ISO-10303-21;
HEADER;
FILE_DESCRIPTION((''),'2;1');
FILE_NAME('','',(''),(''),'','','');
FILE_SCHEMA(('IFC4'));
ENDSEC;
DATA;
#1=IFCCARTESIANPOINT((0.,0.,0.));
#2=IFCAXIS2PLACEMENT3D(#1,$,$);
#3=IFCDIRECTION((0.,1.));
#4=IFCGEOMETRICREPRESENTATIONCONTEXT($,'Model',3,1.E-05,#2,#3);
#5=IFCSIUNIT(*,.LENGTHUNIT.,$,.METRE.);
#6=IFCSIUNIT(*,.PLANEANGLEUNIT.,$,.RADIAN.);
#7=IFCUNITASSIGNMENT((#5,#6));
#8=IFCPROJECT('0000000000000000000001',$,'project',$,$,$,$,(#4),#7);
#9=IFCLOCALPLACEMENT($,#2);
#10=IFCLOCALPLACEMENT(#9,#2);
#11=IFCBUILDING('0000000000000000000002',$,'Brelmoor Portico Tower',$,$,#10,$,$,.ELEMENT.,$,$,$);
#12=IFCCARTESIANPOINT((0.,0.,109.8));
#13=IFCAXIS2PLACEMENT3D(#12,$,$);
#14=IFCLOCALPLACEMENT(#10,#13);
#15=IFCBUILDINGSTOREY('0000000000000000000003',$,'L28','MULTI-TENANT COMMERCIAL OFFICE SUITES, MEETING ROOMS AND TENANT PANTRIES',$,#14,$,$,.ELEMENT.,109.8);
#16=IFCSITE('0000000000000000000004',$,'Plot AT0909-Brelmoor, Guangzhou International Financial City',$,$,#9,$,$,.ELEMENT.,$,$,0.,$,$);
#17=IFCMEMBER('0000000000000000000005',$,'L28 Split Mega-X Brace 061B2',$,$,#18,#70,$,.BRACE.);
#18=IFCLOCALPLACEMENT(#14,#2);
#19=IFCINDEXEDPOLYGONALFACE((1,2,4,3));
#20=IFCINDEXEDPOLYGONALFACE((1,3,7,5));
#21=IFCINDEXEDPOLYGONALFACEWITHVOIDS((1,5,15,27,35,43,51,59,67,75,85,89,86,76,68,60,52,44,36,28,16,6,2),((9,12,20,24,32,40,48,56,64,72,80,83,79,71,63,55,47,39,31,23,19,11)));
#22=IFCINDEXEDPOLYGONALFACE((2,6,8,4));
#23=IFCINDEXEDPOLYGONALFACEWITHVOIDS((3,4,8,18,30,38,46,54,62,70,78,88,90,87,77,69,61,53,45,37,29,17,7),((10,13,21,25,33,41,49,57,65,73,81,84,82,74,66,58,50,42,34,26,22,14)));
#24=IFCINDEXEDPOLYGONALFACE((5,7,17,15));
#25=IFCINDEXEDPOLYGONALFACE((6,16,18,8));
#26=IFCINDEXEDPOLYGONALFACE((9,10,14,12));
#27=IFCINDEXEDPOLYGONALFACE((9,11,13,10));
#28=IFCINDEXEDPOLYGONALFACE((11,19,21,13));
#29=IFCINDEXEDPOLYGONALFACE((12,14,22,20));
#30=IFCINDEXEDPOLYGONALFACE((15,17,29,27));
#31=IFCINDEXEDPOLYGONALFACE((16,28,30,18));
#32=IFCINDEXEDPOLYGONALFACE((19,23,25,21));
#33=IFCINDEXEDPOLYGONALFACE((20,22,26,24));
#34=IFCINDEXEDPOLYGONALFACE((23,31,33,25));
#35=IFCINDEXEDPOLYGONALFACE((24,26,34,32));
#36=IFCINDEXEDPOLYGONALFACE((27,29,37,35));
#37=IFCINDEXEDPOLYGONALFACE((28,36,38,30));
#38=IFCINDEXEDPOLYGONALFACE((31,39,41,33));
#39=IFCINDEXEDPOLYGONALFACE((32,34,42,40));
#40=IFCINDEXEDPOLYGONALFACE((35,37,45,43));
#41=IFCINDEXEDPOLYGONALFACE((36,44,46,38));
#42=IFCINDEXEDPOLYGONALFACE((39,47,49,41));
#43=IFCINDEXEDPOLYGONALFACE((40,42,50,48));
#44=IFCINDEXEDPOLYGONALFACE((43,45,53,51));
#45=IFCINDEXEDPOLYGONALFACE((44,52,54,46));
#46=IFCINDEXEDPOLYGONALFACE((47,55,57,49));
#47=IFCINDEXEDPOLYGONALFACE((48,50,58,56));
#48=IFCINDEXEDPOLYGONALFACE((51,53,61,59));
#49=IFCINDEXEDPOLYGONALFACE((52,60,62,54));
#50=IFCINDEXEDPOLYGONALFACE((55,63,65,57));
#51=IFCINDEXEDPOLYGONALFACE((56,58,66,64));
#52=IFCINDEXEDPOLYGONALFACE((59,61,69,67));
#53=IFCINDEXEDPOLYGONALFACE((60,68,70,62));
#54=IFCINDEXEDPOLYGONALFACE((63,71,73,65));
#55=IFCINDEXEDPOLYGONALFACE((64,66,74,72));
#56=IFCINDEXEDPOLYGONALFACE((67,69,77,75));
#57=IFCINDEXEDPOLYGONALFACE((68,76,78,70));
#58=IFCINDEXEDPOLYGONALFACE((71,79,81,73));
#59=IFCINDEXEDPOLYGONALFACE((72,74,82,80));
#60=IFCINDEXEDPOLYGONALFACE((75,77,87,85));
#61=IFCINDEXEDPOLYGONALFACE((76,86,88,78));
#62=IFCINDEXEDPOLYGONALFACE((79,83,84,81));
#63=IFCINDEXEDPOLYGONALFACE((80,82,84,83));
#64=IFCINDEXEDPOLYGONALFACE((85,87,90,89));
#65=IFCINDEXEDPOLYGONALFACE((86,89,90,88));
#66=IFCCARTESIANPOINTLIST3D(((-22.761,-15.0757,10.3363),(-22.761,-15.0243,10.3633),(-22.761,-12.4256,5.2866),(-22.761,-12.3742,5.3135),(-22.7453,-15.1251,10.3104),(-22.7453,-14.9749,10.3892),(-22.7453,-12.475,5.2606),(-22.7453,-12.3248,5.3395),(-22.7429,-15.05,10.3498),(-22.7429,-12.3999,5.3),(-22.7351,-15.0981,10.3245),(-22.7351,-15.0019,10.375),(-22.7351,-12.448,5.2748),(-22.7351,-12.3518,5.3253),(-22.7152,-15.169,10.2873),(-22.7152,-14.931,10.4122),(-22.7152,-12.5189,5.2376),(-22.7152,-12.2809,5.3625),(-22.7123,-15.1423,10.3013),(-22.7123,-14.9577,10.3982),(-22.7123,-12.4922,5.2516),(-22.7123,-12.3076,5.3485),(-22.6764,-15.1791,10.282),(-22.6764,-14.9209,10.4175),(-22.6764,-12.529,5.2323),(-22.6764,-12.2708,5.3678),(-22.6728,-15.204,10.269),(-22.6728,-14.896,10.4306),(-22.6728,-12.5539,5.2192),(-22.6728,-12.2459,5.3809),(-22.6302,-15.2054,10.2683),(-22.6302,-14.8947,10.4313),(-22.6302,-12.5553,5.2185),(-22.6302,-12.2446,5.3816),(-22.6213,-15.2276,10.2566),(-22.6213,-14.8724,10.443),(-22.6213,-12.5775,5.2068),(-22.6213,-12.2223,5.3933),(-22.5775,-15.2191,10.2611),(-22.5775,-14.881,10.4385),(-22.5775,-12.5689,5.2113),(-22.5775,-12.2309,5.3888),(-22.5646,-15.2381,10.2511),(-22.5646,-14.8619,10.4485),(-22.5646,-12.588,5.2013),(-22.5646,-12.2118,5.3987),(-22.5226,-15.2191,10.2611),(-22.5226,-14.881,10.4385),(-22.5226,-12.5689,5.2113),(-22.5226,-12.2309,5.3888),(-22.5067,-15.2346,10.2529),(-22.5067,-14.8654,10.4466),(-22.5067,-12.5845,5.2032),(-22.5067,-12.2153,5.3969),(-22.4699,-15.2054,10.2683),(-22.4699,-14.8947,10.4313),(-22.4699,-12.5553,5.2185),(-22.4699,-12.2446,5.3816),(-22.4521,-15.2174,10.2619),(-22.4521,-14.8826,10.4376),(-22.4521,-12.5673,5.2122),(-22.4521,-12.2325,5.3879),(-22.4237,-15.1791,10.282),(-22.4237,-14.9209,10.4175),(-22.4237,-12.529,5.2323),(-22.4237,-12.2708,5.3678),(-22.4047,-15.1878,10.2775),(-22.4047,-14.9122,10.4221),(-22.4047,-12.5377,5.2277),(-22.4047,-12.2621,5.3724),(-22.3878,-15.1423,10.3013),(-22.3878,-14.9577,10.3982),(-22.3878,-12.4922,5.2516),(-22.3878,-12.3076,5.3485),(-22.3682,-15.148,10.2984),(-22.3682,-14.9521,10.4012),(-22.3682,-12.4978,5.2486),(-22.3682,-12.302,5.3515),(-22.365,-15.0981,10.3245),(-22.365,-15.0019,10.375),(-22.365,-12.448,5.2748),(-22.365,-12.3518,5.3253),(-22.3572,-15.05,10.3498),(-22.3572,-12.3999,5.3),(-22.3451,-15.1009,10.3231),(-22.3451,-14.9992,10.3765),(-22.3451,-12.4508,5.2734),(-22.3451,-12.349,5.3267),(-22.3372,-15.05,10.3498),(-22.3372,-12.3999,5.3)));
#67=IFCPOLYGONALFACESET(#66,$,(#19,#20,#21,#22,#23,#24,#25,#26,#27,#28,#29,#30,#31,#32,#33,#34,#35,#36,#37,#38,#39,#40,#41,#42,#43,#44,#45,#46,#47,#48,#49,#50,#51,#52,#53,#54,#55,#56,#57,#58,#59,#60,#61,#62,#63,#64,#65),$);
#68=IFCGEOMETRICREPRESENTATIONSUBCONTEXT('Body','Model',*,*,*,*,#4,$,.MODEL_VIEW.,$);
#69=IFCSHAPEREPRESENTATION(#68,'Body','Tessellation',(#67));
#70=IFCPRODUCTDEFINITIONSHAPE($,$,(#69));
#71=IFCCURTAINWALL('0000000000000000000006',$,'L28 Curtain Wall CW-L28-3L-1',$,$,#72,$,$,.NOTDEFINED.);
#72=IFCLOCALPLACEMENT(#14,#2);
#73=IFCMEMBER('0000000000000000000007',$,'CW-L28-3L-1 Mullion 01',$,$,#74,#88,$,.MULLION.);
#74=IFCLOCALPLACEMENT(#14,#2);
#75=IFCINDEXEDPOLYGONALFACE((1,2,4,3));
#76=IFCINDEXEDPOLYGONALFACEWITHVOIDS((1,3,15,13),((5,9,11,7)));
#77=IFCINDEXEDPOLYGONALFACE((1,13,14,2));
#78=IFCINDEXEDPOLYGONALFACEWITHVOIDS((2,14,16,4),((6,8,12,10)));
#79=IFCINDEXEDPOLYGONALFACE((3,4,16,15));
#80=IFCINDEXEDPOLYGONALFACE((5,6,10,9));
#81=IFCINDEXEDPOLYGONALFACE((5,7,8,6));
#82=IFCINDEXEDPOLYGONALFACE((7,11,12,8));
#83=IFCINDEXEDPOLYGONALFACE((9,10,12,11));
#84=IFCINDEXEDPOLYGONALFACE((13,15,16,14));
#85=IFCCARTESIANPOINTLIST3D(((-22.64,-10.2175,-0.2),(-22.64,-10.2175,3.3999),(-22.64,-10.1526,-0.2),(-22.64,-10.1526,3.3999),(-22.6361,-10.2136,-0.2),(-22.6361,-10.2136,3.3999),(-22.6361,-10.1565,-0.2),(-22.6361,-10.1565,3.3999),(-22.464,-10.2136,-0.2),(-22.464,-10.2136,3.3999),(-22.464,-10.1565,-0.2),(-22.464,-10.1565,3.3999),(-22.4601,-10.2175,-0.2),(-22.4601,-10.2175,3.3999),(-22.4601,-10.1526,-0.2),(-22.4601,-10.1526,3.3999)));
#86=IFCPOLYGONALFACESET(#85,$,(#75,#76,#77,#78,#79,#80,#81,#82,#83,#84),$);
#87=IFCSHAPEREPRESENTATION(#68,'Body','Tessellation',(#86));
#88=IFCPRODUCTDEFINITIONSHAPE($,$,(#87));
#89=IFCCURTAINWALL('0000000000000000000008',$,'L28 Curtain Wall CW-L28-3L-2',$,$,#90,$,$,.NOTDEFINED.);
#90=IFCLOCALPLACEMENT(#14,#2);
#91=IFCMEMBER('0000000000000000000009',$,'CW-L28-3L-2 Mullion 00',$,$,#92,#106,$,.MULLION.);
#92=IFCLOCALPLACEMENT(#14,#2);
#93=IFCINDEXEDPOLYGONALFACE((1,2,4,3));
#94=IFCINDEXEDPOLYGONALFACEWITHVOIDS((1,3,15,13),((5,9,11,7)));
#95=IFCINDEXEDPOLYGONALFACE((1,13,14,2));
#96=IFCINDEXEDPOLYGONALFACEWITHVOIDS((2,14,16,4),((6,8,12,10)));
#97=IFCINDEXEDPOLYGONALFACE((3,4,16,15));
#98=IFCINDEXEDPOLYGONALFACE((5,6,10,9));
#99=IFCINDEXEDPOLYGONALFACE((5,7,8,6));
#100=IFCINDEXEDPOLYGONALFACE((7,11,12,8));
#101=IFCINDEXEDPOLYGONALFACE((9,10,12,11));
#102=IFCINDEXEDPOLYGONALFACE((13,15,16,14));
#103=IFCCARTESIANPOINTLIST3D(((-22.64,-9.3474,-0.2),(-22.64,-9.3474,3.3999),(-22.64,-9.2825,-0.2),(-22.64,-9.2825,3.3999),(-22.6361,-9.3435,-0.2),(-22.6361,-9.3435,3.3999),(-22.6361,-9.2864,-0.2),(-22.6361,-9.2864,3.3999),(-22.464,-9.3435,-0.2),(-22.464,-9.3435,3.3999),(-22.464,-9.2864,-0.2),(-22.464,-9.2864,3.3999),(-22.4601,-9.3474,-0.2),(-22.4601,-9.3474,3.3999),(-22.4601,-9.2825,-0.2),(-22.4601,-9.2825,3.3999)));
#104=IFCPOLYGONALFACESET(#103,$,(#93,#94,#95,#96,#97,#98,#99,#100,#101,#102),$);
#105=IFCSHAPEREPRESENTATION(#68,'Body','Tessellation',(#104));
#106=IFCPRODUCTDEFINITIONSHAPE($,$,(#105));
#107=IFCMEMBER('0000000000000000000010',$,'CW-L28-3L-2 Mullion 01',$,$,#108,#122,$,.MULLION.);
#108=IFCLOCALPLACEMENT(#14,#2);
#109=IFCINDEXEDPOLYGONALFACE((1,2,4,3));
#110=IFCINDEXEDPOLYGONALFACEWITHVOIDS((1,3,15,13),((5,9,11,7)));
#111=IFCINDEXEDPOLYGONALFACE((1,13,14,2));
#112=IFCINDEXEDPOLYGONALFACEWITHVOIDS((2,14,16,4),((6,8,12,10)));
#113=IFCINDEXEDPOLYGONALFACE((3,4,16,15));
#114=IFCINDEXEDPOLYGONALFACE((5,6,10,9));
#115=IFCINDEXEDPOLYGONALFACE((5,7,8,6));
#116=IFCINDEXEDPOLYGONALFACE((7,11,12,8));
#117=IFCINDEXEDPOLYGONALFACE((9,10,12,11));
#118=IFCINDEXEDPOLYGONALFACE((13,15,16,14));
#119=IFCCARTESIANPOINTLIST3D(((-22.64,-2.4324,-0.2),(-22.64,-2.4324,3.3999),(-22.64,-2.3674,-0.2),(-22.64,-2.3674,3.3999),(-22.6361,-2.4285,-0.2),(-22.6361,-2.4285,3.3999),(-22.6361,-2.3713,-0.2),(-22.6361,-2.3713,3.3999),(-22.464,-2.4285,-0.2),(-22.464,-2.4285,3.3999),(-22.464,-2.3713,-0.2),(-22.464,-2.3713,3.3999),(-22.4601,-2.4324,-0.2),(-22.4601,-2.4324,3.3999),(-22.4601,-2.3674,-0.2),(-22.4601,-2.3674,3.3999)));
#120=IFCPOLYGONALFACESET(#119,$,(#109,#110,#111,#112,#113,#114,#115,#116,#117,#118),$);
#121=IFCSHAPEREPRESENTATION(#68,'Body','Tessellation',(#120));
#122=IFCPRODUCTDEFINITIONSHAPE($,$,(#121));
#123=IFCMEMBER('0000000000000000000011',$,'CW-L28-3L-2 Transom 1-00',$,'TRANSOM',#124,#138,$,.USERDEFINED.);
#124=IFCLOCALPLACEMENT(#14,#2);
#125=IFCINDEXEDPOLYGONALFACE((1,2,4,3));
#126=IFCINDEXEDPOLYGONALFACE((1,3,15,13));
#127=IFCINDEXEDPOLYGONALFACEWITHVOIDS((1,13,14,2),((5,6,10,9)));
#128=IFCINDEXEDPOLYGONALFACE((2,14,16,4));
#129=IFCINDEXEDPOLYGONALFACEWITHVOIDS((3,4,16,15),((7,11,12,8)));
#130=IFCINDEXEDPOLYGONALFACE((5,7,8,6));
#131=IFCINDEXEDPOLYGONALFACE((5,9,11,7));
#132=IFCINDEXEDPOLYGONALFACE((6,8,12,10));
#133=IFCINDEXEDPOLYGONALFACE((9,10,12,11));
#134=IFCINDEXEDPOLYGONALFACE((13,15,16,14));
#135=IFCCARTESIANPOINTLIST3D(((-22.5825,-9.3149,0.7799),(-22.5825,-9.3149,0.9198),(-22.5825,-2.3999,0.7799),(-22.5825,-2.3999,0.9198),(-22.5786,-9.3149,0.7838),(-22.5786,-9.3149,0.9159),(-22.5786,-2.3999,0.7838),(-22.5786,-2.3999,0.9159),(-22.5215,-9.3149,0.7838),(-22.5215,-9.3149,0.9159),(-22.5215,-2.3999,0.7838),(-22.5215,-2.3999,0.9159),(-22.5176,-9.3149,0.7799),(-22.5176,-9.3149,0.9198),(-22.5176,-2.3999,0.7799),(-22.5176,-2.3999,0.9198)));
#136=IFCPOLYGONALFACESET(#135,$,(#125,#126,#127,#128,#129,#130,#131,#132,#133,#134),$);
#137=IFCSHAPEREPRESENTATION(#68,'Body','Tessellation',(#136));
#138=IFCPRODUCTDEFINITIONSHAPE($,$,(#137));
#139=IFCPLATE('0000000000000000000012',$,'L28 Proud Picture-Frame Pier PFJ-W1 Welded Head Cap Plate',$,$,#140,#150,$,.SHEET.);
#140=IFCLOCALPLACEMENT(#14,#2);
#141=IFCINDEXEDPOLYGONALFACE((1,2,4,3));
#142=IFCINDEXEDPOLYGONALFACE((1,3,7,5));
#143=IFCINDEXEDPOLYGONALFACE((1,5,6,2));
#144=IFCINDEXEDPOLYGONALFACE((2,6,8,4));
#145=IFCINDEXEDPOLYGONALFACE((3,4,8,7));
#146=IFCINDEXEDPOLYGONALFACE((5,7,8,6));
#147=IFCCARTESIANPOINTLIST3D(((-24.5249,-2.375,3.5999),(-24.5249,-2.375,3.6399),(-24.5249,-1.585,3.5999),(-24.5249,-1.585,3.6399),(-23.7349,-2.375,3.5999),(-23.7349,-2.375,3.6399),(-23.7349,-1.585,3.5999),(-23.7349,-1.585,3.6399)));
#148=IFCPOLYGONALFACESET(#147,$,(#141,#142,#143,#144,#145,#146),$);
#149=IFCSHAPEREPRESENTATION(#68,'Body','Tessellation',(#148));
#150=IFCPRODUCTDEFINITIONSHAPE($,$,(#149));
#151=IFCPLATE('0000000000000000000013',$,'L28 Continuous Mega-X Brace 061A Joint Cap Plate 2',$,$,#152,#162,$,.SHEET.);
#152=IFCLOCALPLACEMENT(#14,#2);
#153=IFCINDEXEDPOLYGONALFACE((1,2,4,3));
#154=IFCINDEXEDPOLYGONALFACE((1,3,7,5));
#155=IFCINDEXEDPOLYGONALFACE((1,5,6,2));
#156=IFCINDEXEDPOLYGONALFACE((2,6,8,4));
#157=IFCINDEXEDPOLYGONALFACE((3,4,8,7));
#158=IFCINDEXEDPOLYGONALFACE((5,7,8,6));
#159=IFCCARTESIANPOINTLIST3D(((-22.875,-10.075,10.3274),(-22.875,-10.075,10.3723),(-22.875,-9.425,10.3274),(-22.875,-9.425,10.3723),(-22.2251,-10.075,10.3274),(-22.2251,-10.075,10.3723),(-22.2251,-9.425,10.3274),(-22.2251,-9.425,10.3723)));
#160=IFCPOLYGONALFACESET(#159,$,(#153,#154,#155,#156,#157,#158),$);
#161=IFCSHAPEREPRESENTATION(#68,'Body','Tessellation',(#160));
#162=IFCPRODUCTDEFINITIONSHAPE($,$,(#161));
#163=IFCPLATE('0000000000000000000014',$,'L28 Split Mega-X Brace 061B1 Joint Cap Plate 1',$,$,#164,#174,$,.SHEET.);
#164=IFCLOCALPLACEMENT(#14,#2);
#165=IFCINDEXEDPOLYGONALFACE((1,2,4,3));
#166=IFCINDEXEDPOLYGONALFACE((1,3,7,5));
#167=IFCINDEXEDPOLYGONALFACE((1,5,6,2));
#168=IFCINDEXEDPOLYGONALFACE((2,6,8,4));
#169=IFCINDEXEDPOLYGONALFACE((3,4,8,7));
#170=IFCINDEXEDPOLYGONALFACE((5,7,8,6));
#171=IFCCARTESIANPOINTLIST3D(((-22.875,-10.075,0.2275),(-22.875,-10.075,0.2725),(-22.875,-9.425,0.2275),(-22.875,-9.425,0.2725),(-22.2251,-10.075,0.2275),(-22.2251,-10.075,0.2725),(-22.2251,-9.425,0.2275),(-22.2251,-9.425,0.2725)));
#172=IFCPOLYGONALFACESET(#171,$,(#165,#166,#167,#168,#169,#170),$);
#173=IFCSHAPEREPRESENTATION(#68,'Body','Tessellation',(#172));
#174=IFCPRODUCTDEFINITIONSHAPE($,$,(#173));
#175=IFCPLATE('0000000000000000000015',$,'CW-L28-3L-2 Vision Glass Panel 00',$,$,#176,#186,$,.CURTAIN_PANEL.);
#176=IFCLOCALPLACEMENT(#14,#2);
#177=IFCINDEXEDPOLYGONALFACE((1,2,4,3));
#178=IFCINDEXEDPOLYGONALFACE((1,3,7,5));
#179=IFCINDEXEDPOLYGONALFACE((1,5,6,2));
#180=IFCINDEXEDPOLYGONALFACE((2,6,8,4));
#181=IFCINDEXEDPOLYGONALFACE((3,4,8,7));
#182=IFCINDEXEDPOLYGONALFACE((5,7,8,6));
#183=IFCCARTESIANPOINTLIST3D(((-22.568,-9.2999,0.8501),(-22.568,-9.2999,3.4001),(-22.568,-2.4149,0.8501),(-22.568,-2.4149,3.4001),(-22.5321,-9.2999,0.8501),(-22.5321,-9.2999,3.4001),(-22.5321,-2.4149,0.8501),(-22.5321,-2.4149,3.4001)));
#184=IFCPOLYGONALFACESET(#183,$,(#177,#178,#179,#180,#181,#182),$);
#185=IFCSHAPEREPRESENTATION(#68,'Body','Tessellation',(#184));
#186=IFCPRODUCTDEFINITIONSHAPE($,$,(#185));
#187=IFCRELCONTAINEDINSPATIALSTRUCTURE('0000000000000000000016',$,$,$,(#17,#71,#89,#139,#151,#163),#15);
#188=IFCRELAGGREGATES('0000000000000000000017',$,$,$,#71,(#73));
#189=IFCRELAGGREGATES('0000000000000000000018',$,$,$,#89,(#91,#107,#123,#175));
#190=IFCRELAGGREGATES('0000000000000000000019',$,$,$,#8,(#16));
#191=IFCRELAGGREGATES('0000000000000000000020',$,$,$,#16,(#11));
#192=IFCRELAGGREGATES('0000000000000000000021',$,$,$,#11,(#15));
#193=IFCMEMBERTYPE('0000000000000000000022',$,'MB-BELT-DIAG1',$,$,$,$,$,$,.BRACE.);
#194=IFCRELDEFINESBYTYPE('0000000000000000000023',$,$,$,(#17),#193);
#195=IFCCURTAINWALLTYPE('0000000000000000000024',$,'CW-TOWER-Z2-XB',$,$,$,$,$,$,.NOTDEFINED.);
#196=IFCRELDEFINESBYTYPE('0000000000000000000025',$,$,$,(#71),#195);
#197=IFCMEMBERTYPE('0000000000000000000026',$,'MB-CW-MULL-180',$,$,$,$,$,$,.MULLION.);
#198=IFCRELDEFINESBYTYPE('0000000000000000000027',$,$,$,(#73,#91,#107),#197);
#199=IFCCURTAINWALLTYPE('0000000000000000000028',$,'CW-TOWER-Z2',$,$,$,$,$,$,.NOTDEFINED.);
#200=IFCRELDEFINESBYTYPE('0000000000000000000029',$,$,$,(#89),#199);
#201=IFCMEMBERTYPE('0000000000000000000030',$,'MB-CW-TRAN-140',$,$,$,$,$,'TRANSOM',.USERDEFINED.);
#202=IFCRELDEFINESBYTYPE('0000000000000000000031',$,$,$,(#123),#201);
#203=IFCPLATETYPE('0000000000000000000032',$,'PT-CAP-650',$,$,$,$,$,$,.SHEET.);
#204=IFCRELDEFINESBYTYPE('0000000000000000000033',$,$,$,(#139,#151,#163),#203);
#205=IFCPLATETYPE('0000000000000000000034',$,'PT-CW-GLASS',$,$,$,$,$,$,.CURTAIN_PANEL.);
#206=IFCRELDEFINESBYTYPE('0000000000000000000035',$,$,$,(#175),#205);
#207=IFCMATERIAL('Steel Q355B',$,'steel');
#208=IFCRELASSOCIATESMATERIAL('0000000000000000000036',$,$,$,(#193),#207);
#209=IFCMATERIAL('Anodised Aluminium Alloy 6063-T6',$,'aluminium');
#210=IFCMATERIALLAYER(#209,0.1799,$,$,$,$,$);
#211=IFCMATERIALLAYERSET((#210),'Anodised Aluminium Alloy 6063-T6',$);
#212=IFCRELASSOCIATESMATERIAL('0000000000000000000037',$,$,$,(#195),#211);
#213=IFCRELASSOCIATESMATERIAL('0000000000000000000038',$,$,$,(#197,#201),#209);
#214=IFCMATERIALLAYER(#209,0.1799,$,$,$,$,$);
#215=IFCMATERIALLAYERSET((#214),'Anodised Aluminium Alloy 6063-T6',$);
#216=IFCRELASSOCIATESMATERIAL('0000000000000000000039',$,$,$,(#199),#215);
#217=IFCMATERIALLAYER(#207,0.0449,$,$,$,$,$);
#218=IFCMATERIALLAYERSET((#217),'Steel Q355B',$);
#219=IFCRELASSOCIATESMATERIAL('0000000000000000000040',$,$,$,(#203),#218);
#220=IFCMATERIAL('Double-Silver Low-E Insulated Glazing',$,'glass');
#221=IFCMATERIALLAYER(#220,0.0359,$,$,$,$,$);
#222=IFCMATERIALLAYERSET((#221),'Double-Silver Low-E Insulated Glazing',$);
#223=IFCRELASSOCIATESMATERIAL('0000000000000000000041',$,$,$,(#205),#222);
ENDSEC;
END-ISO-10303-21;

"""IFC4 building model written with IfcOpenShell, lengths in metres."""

from ifc_helpers import new_model, si_unit, direction, frame, origin, origin_2d, place, context, subcontext, project, spatial, rectangle, hollow_rectangle, hollow_circle, extrude, material, layer, layer_set, material_profile, profile_set, type_object, element, aggregate, save


model = new_model("IFC4")

# Units and contexts
model_context = context("Model", 3, precision=1e-05, world=origin(), true_north=direction((0.0, 1.0)))
body_context = subcontext(model_context, "Body", "Model", "MODEL_VIEW")
ifc_project = project(units=[si_unit("LENGTHUNIT", "METRE"), si_unit("PLANEANGLEUNIT", "RADIAN")], contexts=[model_context])

# Site, building, storey
site_placement = place(None, origin())
site = spatial("IfcSite", under=ifc_project, at=site_placement, Name="Plot AT0909-Brelmoor, Guangzhou International Financial City", CompositionType="ELEMENT", RefElevation=0.0)
building_placement = place(site_placement, origin())
building = spatial("IfcBuilding", under=site, at=building_placement, Name="Brelmoor Portico Tower", CompositionType="ELEMENT")
storey_placement = place(building_placement, frame((0.0, 0.0, 109.8)))
storey = spatial("IfcBuildingStorey", under=building, at=storey_placement, Name="L28", Description="MULTI-TENANT COMMERCIAL OFFICE SUITES, MEETING ROOMS AND TENANT PANTRIES", CompositionType="ELEMENT", Elevation=109.8)

# Shared definitions
ifc_material_1 = material(Name="Steel Q355B", Category="steel")

# Member
ifc_material_profile_1 = material_profile(ifc_material_1, hollow_circle(Radius=0.2129, WallThickness=0.02, at=origin_2d()), Name="CHS 426x20")
ifc_profile_set_1 = profile_set([ifc_material_profile_1], Name="Steel Q355B")
member_type_1 = type_object("IfcMemberType", Name="MB-BELT-DIAG1", PredefinedType="BRACE", material=ifc_profile_set_1)
member_1_placement = place(storey_placement, frame((-22.55, -12.3999, 5.3), z_axis=(0.0, -0.464696, 0.88547), x_axis=(1.0, 0.0, 0.0)))
element("IfcMember", 1, at=member_1_placement, inside=storey, type_object=member_type_1, Name="L28 Split Mega-X Brace 061B2", PredefinedType="BRACE", context=body_context, shape_type="SweptSolid", body=[
    extrude(hollow_circle(Radius=0.2129, WallThickness=0.02, at=origin_2d()), origin(), (0.0, 0.0, 1.0), 5.7029),
])

# Curtain wall, member
ifc_material_2 = material(Name="Anodised Aluminium Alloy 6063-T6", Category="aluminium")
ifc_layer_1 = layer(ifc_material_2, 0.1799)
ifc_layer_set_1 = layer_set([ifc_layer_1], Name="Anodised Aluminium Alloy 6063-T6")
curtain_wall_type_1 = type_object("IfcCurtainWallType", Name="CW-TOWER-Z2-XB", PredefinedType="NOTDEFINED", material=ifc_layer_set_1)
curtain_wall_1_placement = place(storey_placement, origin())
curtain_wall_1 = element("IfcCurtainWall", 2, at=curtain_wall_1_placement, inside=storey, type_object=curtain_wall_type_1, Name="L28 Curtain Wall CW-L28-3L-1", PredefinedType="NOTDEFINED")
ifc_material_profile_2 = material_profile(ifc_material_2, hollow_rectangle(XDim=0.0649, YDim=0.1799, WallThickness=0.0039, at=origin_2d()), Name="ALU MULLION 65x180")
ifc_profile_set_2 = profile_set([ifc_material_profile_2], Name="Anodised Aluminium Alloy 6063-T6")
member_type_2 = type_object("IfcMemberType", Name="MB-CW-MULL-180", PredefinedType="MULLION", material=ifc_profile_set_2)
member_2_placement = place(storey_placement, frame((-22.55, -10.1851, -0.2), z_axis=(0.0, 0.0, 1.0), x_axis=(0.0, 1.0, 0.0)))
member_2 = element("IfcMember", 3, at=member_2_placement, type_object=member_type_2, Name="CW-L28-3L-1 Mullion 01", PredefinedType="MULLION", context=body_context, shape_type="SweptSolid", body=[
    extrude(hollow_rectangle(XDim=0.0649, YDim=0.1799, WallThickness=0.0039, at=origin_2d()), origin(), (0.0, 0.0, 1.0), 3.5999),
])

# Curtain wall, members
ifc_layer_2 = layer(ifc_material_2, 0.1799)
ifc_layer_set_2 = layer_set([ifc_layer_2], Name="Anodised Aluminium Alloy 6063-T6")
curtain_wall_type_2 = type_object("IfcCurtainWallType", Name="CW-TOWER-Z2", PredefinedType="NOTDEFINED", material=ifc_layer_set_2)
curtain_wall_2_placement = place(storey_placement, origin())
curtain_wall_2 = element("IfcCurtainWall", 4, at=curtain_wall_2_placement, inside=storey, type_object=curtain_wall_type_2, Name="L28 Curtain Wall CW-L28-3L-2", PredefinedType="NOTDEFINED")
member_3_placement = place(storey_placement, frame((-22.55, -9.3149, -0.2), z_axis=(0.0, 0.0, 1.0), x_axis=(0.0, 1.0, 0.0)))
member_3 = element("IfcMember", 5, at=member_3_placement, type_object=member_type_2, Name="CW-L28-3L-2 Mullion 00", PredefinedType="MULLION", context=body_context, shape_type="SweptSolid", body=[
    extrude(hollow_rectangle(XDim=0.0649, YDim=0.1799, WallThickness=0.0039, at=origin_2d()), origin(), (0.0, 0.0, 1.0), 3.5999),
])
member_4_placement = place(storey_placement, frame((-22.55, -2.3999, -0.2), z_axis=(0.0, 0.0, 1.0), x_axis=(0.0, 1.0, 0.0)))
member_4 = element("IfcMember", 6, at=member_4_placement, type_object=member_type_2, Name="CW-L28-3L-2 Mullion 01", PredefinedType="MULLION", context=body_context, shape_type="SweptSolid", body=[
    extrude(hollow_rectangle(XDim=0.0649, YDim=0.1799, WallThickness=0.0039, at=origin_2d()), origin(), (0.0, 0.0, 1.0), 3.5999),
])
ifc_material_profile_3 = material_profile(ifc_material_2, hollow_rectangle(XDim=0.0649, YDim=0.1399, WallThickness=0.0039, at=origin_2d()), Name="ALU TRANSOM 65x140")
ifc_profile_set_3 = profile_set([ifc_material_profile_3], Name="Anodised Aluminium Alloy 6063-T6")
member_type_3 = type_object("IfcMemberType", Name="MB-CW-TRAN-140", ElementType="TRANSOM", PredefinedType="USERDEFINED", material=ifc_profile_set_3)
member_5_placement = place(storey_placement, frame((-22.55, -9.3149, 0.8499), z_axis=(0.0, 1.0, 0.0), x_axis=(-1.0, 0.0, 0.0)))
member_5 = element("IfcMember", 7, at=member_5_placement, type_object=member_type_3, Name="CW-L28-3L-2 Transom 1-00", ObjectType="TRANSOM", PredefinedType="USERDEFINED", context=body_context, shape_type="SweptSolid", body=[
    extrude(hollow_rectangle(XDim=0.0649, YDim=0.1399, WallThickness=0.0039, at=origin_2d()), origin(), (0.0, 0.0, 1.0), 6.915),
])

# Plates
ifc_layer_3 = layer(ifc_material_1, 0.0449)
ifc_layer_set_3 = layer_set([ifc_layer_3], Name="Steel Q355B")
plate_type_1 = type_object("IfcPlateType", Name="PT-CAP-650", PredefinedType="SHEET", material=ifc_layer_set_3)
plate_1_placement = place(storey_placement, frame((-24.1299, -1.98, 3.5999), z_axis=(0.0, 0.0, 1.0), x_axis=(0.0, 1.0, 0.0)))
element("IfcPlate", 8, at=plate_1_placement, inside=storey, type_object=plate_type_1, Name="L28 Proud Picture-Frame Pier PFJ-W1 Welded Head Cap Plate", PredefinedType="SHEET", context=body_context, shape_type="SweptSolid", body=[
    extrude(rectangle(XDim=0.79, YDim=0.79, at=origin_2d()), origin(), (0.0, 0.0, 1.0), 0.04),
])
for number, where, z_axis, x_axis, name in (
    (9, (-22.55, -9.75, 10.3274), (0.0, 0.0, 1.0), (1.0, 0.0, 0.0), "L28 Continuous Mega-X Brace 061A Joint Cap Plate 2"),
    (10, (-22.55, -9.75, 0.2275), (0.0, 0.0, 1.0), (1.0, 0.0, 0.0), "L28 Split Mega-X Brace 061B1 Joint Cap Plate 1"),
):
    element("IfcPlate", number, at=place(storey_placement, frame(where, z_axis=z_axis, x_axis=x_axis)), inside=storey, type_object=plate_type_1, Name=name, PredefinedType="SHEET", context=body_context, shape_type="SweptSolid", body=[
        extrude(rectangle(XDim=0.6499, YDim=0.6499, at=origin_2d()), origin(), (0.0, 0.0, 1.0), 0.0449),
    ])

# Plate
ifc_material_3 = material(Name="Double-Silver Low-E Insulated Glazing", Category="glass")
ifc_layer_4 = layer(ifc_material_3, 0.0359)
ifc_layer_set_4 = layer_set([ifc_layer_4], Name="Double-Silver Low-E Insulated Glazing")
plate_type_2 = type_object("IfcPlateType", Name="PT-CW-GLASS", PredefinedType="CURTAIN_PANEL", material=ifc_layer_set_4)
plate_2_placement = place(storey_placement, frame((-22.55, -5.8574, 0.8501), z_axis=(0.0, 0.0, 1.0), x_axis=(0.0, 1.0, 0.0)))
plate_2 = element("IfcPlate", 11, at=plate_2_placement, type_object=plate_type_2, Name="CW-L28-3L-2 Vision Glass Panel 00", PredefinedType="CURTAIN_PANEL", context=body_context, shape_type="SweptSolid", body=[
    extrude(rectangle(XDim=6.885, YDim=0.0359, at=origin_2d()), origin(), (0.0, 0.0, 1.0), 2.55),
])
aggregate(curtain_wall_1, [member_2])
aggregate(curtain_wall_2, [member_3, member_4, member_5, plate_2])

save(model, "model.ifc")
